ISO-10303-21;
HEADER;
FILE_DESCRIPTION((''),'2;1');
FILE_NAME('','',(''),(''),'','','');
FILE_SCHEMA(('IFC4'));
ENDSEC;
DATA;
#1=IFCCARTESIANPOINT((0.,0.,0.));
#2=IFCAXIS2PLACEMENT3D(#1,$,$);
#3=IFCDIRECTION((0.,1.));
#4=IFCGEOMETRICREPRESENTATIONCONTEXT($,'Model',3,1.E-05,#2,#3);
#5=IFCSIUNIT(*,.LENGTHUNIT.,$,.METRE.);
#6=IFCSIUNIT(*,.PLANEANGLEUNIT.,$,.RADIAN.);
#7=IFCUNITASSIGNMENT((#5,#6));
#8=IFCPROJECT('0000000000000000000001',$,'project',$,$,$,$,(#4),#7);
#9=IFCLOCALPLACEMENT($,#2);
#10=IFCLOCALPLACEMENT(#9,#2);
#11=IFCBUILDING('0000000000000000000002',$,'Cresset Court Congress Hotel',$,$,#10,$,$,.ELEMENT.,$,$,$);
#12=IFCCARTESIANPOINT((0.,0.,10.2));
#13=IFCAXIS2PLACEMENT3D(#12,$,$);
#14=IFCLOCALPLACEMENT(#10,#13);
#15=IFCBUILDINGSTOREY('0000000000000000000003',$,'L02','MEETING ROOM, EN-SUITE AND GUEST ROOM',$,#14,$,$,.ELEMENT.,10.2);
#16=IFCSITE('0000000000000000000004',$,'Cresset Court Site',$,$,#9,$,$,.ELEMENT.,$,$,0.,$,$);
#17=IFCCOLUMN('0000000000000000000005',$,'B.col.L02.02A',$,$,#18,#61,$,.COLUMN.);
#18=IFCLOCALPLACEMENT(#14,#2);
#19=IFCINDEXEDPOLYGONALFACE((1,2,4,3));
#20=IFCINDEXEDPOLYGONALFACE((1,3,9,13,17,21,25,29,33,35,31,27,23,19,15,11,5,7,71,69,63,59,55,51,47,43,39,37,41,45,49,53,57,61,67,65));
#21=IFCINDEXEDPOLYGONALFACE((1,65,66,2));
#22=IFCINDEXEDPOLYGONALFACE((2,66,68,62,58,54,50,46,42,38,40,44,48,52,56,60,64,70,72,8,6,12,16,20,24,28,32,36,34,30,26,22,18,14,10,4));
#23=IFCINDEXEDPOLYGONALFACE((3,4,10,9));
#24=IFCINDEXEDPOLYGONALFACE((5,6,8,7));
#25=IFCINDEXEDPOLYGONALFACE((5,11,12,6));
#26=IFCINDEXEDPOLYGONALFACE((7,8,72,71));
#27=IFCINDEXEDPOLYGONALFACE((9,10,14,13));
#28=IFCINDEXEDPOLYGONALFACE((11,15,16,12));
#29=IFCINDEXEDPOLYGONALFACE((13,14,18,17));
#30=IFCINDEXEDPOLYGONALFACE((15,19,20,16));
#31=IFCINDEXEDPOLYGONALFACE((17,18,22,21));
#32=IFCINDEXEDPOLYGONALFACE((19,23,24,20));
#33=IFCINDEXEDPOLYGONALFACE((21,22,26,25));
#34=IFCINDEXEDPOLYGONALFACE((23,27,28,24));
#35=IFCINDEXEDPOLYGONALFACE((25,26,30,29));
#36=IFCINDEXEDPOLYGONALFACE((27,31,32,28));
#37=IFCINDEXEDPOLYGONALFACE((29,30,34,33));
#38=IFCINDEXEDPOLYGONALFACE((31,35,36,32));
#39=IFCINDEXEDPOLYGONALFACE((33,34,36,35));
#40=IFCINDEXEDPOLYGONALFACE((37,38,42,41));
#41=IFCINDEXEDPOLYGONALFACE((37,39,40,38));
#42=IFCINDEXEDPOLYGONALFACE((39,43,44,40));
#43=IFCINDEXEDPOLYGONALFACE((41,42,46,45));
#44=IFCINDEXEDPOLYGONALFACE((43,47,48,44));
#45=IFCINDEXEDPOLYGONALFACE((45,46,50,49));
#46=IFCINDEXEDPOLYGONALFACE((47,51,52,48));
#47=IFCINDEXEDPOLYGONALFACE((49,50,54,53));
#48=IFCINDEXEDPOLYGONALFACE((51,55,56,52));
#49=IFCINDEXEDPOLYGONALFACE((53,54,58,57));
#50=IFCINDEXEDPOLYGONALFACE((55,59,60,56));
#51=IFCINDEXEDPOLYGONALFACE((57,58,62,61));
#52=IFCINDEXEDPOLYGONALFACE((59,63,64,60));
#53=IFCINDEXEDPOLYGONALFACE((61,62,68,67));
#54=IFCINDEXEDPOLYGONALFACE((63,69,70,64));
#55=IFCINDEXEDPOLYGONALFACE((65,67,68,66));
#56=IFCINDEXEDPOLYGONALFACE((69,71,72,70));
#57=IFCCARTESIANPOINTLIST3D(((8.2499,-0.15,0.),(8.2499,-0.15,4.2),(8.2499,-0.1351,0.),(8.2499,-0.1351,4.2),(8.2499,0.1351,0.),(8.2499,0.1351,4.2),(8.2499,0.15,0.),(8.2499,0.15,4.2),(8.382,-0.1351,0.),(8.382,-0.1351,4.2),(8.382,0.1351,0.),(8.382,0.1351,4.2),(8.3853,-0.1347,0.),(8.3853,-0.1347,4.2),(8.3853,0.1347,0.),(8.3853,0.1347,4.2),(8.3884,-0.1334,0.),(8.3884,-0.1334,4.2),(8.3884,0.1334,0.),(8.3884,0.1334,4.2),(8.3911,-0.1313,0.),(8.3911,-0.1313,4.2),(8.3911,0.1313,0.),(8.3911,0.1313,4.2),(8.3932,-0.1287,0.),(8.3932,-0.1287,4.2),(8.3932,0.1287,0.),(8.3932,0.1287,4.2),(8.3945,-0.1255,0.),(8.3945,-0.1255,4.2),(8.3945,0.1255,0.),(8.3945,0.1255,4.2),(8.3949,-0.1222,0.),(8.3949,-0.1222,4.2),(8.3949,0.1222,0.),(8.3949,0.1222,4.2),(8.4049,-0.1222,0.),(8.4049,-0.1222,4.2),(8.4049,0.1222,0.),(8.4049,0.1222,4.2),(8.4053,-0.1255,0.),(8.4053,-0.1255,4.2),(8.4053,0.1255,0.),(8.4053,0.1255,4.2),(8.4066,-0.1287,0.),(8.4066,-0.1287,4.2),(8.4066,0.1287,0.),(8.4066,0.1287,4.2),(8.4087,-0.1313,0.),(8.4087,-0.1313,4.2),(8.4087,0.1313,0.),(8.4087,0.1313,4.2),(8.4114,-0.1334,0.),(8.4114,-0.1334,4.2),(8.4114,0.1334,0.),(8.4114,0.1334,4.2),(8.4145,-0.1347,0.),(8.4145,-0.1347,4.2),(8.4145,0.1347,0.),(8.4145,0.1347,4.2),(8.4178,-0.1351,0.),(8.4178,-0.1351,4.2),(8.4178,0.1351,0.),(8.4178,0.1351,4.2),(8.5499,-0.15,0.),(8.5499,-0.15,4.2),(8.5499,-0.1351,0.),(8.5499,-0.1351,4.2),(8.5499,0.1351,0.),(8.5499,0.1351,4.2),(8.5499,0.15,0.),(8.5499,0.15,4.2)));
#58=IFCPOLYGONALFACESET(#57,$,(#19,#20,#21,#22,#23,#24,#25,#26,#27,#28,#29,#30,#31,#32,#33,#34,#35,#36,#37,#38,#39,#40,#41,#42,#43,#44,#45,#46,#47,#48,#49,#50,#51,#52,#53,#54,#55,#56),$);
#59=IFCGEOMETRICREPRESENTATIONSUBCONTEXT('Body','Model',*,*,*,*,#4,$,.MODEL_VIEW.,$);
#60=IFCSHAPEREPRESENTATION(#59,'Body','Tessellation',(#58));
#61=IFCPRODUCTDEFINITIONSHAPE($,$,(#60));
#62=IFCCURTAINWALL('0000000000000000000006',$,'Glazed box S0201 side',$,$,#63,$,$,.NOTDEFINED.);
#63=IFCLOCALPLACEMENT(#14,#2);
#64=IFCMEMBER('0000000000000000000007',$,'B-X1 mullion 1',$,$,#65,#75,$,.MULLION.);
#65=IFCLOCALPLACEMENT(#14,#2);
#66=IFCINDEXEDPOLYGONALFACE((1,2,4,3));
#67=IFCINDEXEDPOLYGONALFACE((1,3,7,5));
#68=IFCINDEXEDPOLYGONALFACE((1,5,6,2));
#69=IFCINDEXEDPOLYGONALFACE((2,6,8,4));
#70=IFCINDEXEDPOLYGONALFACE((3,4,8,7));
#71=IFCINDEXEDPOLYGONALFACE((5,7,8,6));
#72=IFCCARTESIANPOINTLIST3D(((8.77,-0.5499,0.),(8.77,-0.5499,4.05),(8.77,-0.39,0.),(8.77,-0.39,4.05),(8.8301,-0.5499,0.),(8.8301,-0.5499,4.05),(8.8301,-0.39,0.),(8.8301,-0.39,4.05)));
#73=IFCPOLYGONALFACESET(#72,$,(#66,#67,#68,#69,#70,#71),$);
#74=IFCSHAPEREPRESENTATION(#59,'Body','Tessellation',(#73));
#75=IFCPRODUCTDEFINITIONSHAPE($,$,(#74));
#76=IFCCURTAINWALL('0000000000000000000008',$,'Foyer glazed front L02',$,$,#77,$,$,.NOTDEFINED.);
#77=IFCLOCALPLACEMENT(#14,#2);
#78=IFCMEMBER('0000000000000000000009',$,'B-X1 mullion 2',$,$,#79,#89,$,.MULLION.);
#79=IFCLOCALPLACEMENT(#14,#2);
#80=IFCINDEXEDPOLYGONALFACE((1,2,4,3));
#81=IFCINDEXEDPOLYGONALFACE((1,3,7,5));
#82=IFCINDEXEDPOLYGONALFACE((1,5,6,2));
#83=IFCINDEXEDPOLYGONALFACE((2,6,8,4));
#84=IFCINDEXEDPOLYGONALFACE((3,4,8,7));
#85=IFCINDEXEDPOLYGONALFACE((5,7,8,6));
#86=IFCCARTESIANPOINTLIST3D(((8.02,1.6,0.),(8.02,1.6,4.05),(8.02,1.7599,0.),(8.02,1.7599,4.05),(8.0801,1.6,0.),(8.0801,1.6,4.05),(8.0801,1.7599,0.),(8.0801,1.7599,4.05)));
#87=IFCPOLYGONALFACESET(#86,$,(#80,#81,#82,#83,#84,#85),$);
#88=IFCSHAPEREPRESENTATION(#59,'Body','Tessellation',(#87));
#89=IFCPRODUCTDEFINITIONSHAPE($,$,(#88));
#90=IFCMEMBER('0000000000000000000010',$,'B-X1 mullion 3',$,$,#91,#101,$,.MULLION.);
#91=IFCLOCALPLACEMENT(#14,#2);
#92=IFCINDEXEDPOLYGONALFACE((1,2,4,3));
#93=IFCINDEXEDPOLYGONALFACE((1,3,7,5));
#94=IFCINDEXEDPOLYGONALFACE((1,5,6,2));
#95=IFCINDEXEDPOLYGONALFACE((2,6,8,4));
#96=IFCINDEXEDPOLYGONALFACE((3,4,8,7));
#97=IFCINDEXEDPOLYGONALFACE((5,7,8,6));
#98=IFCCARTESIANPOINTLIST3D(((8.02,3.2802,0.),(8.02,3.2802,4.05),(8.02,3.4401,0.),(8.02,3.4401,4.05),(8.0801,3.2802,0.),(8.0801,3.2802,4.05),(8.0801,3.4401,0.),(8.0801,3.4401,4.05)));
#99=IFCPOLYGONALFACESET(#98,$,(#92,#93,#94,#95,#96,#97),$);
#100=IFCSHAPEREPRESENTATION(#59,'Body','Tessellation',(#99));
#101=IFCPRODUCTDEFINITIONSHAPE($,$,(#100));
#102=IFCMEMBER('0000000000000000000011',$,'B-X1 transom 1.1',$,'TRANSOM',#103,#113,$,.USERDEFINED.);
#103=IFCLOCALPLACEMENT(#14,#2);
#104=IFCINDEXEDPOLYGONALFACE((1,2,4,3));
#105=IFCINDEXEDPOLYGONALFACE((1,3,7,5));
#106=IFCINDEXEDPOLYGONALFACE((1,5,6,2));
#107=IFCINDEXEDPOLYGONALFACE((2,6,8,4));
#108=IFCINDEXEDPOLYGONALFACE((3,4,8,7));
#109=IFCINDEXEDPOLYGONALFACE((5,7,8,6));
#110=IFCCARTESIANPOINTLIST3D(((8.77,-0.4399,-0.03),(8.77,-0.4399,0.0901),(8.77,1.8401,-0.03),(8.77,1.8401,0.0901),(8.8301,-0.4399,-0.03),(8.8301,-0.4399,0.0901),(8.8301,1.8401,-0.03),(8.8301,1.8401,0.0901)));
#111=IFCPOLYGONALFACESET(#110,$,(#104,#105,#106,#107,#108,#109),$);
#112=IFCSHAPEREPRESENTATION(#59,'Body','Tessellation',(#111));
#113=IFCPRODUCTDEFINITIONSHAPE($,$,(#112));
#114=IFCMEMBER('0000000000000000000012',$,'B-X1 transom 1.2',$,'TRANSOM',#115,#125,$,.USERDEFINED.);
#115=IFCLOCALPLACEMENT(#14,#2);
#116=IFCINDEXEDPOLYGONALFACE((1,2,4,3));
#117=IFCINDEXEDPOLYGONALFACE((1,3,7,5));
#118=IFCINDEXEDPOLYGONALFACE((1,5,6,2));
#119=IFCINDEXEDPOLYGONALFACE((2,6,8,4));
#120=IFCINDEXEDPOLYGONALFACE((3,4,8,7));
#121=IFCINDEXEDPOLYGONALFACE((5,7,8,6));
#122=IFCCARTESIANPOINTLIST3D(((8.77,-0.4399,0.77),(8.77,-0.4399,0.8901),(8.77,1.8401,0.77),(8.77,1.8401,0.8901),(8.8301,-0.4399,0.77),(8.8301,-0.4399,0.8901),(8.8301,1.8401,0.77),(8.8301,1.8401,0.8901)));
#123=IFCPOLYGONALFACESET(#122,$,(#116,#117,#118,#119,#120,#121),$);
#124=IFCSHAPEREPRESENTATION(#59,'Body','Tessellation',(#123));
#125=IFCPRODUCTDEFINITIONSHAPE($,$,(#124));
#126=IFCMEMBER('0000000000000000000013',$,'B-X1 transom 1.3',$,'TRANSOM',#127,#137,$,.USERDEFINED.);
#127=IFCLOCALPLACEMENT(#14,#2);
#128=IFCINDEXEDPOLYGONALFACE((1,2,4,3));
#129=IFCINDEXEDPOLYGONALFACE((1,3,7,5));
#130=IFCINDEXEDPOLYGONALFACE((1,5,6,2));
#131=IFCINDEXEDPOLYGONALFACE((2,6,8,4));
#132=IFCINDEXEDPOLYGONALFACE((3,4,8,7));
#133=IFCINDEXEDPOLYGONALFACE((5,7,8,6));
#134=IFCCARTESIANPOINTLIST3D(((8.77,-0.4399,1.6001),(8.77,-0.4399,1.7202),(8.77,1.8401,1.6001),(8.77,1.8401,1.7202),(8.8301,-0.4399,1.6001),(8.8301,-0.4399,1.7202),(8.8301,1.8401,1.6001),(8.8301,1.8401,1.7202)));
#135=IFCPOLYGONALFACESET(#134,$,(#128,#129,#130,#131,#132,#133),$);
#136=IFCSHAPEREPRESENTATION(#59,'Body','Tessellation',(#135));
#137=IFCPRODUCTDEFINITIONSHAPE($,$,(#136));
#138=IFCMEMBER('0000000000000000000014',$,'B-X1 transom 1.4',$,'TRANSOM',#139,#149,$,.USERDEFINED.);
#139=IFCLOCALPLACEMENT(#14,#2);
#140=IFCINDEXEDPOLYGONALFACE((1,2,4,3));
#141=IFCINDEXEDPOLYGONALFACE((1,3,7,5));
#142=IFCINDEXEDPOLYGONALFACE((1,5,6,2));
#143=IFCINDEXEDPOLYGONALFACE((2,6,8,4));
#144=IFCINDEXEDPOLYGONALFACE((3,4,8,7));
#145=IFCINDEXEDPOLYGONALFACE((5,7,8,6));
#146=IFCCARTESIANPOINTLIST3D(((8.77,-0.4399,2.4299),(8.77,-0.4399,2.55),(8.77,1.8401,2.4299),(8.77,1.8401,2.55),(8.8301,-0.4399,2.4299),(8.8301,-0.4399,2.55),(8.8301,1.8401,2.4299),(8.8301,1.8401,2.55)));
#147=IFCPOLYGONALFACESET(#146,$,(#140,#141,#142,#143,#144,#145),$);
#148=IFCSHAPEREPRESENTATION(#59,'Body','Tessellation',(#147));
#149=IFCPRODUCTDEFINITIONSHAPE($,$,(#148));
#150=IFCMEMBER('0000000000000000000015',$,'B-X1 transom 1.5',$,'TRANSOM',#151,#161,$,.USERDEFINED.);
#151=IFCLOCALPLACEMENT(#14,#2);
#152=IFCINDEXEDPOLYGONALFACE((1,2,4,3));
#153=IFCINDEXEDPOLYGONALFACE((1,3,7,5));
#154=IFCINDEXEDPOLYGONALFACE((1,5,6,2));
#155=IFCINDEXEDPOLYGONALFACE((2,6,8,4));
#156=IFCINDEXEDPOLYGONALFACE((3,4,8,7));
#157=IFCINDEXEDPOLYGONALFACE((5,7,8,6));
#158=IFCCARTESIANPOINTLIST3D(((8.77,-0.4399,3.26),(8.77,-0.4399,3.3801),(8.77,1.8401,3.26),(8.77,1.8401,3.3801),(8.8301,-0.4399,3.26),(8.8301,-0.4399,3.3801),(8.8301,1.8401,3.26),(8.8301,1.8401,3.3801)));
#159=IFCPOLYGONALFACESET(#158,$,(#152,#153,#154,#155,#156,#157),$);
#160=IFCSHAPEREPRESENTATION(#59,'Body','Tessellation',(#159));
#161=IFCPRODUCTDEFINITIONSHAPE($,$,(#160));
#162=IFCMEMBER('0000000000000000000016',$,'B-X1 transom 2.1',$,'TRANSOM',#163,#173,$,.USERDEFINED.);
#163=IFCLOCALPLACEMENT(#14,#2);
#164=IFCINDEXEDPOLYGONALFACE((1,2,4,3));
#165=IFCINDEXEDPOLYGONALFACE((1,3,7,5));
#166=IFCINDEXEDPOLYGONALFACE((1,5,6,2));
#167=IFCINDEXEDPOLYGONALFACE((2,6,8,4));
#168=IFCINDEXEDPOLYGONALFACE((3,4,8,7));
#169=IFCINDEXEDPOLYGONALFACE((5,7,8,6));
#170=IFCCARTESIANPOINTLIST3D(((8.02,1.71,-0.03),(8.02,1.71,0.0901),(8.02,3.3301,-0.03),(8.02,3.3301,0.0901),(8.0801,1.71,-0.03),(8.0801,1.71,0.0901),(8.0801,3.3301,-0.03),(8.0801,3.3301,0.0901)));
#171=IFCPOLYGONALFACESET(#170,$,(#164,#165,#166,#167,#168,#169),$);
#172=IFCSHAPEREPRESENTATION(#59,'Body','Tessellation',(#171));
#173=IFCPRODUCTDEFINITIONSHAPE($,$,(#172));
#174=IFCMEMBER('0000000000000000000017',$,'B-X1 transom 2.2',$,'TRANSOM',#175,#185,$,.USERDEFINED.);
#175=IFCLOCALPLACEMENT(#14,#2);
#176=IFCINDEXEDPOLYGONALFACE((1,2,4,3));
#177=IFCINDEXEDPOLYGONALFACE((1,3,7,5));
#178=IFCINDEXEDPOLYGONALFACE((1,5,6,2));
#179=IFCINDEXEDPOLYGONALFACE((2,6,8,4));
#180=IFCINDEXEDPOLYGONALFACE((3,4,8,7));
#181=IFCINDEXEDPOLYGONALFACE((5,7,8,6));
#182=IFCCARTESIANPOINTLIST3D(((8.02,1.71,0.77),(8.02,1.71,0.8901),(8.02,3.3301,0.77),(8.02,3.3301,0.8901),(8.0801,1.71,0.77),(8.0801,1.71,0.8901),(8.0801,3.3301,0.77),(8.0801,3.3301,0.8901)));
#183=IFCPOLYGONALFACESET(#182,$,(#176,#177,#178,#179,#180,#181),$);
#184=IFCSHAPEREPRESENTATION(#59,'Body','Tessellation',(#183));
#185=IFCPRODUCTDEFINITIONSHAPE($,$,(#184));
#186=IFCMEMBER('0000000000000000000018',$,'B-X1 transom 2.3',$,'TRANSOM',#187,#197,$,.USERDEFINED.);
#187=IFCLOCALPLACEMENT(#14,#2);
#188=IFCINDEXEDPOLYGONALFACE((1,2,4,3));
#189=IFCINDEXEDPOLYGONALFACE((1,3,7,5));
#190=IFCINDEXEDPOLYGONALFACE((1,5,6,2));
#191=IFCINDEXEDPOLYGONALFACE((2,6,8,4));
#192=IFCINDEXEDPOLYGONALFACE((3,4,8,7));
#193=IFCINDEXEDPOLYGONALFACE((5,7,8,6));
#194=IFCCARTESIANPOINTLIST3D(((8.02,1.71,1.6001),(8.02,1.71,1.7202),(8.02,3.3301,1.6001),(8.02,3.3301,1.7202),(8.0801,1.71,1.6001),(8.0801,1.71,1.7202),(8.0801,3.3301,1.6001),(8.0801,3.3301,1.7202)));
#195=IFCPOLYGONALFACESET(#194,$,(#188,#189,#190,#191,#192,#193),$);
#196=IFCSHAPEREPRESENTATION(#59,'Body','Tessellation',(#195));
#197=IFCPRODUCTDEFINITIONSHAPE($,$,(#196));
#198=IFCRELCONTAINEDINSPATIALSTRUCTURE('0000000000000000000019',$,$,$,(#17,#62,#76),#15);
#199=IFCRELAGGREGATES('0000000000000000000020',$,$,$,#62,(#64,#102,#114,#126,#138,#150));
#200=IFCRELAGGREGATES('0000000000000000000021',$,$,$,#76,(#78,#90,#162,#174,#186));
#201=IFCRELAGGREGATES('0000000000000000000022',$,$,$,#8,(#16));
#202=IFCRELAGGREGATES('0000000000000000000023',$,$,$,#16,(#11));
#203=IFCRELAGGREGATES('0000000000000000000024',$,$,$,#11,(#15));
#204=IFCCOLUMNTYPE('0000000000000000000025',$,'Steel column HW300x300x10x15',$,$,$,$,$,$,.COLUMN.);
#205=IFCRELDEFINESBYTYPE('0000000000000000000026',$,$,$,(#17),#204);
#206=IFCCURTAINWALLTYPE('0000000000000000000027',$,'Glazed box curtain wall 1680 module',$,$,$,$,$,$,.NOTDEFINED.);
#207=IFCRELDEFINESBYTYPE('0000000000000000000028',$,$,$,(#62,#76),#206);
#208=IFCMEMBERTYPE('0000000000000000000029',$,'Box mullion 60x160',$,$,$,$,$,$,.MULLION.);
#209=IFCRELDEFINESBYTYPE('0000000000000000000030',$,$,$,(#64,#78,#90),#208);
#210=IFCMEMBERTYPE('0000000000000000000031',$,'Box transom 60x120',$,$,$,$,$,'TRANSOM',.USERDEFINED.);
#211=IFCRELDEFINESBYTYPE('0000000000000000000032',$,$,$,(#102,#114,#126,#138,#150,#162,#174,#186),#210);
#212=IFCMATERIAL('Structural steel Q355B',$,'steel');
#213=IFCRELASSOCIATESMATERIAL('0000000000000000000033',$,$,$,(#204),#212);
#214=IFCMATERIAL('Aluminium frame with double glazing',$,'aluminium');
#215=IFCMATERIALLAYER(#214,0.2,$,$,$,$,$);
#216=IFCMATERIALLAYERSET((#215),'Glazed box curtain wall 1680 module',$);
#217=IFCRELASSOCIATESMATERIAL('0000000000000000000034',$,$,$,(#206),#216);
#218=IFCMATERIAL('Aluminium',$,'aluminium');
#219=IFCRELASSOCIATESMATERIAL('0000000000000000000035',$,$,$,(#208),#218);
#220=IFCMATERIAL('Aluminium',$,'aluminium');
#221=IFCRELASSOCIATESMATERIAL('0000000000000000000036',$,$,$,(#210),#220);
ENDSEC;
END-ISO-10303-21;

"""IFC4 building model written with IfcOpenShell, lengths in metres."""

from ifc_helpers import new_model, si_unit, direction, frame, origin, origin_2d, place, context, subcontext, project, spatial, rectangle, i_section, extrude, material, layer, layer_set, material_profile, profile_set, type_object, element, aggregate, save


model = new_model("IFC4")

# Units and contexts
model_context = context("Model", 3, precision=1e-05, world=origin(), true_north=direction((0.0, 1.0)))
body_context = subcontext(model_context, "Body", "Model", "MODEL_VIEW")
ifc_project = project(units=[si_unit("LENGTHUNIT", "METRE"), si_unit("PLANEANGLEUNIT", "RADIAN")], contexts=[model_context])

# Site, building, storey
site_placement = place(None, origin())
site = spatial("IfcSite", under=ifc_project, at=site_placement, Name="Cresset Court Site", CompositionType="ELEMENT", RefElevation=0.0)
building_placement = place(site_placement, origin())
building = spatial("IfcBuilding", under=site, at=building_placement, Name="Cresset Court Congress Hotel", CompositionType="ELEMENT")
storey_placement = place(building_placement, frame((0.0, 0.0, 10.2)))
storey = spatial("IfcBuildingStorey", under=building, at=storey_placement, Name="L02", Description="MEETING ROOM, EN-SUITE AND GUEST ROOM", CompositionType="ELEMENT", Elevation=10.2)

# Column
ifc_material_1 = material(Name="Structural steel Q355B", Category="steel")
ifc_material_profile_1 = material_profile(ifc_material_1, i_section(OverallWidth=0.3, OverallDepth=0.3, WebThickness=0.01, FlangeThickness=0.0149, FilletRadius=0.0129, at=origin_2d()), Name="HW300x300x10x15")
ifc_profile_set_1 = profile_set([ifc_material_profile_1], Name="Structural steel Q355B")
column_type = type_object("IfcColumnType", Name="Steel column HW300x300x10x15", PredefinedType="COLUMN", material=ifc_profile_set_1)
column_placement = place(storey_placement, frame((8.3999, 0.0, 0.0), z_axis=(0.0, 0.0, 1.0), x_axis=(1.0, 0.0, 0.0)))
element("IfcColumn", 1, at=column_placement, inside=storey, type_object=column_type, Name="B.col.L02.02A", PredefinedType="COLUMN", context=body_context, shape_type="SweptSolid", body=[
    extrude(i_section(OverallWidth=0.3, OverallDepth=0.3, WebThickness=0.01, FlangeThickness=0.0149, FilletRadius=0.0129, at=origin_2d()), origin(), (0.0, 0.0, 1.0), 4.2),
])

# Curtain wall, member
ifc_material_2 = material(Name="Aluminium frame with double glazing", Category="aluminium")
ifc_layer_1 = layer(ifc_material_2, 0.2)
ifc_layer_set_1 = layer_set([ifc_layer_1], Name="Glazed box curtain wall 1680 module")
curtain_wall_type = type_object("IfcCurtainWallType", Name="Glazed box curtain wall 1680 module", PredefinedType="NOTDEFINED", material=ifc_layer_set_1)
curtain_wall_1_placement = place(storey_placement, origin())
curtain_wall_1 = element("IfcCurtainWall", 2, at=curtain_wall_1_placement, inside=storey, type_object=curtain_wall_type, Name="Glazed box S0201 side", PredefinedType="NOTDEFINED")
ifc_material_3 = material(Name="Aluminium", Category="aluminium")
ifc_material_profile_2 = material_profile(ifc_material_3, rectangle(XDim=0.0601, YDim=0.1599, at=origin_2d()), Name="Box mullion 60x160")
ifc_profile_set_2 = profile_set([ifc_material_profile_2], Name="Aluminium")
member_type_1 = type_object("IfcMemberType", Name="Box mullion 60x160", PredefinedType="MULLION", material=ifc_profile_set_2)
member_1_placement = place(storey_placement, frame((8.8, -0.47, 0.0), z_axis=(0.0, 0.0, 1.0), x_axis=(-1.0, 0.0, 0.0)))
member_1 = element("IfcMember", 3, at=member_1_placement, type_object=member_type_1, Name="B-X1 mullion 1", PredefinedType="MULLION", context=body_context, shape_type="SweptSolid", body=[
    extrude(rectangle(XDim=0.0601, YDim=0.1599, at=origin_2d()), origin(), (0.0, 0.0, 1.0), 4.05),
])

# Curtain wall, members
curtain_wall_2_placement = place(storey_placement, origin())
curtain_wall_2 = element("IfcCurtainWall", 4, at=curtain_wall_2_placement, inside=storey, type_object=curtain_wall_type, Name="Foyer glazed front L02", PredefinedType="NOTDEFINED")
member_2_placement = place(storey_placement, frame((8.05, 1.6799, 0.0), z_axis=(0.0, 0.0, 1.0), x_axis=(-1.0, 0.0, 0.0)))
member_2 = element("IfcMember", 5, at=member_2_placement, type_object=member_type_1, Name="B-X1 mullion 2", PredefinedType="MULLION", context=body_context, shape_type="SweptSolid", body=[
    extrude(rectangle(XDim=0.0601, YDim=0.1599, at=origin_2d()), origin(), (0.0, 0.0, 1.0), 4.05),
])
member_3_placement = place(storey_placement, frame((8.05, 3.3601, 0.0), z_axis=(0.0, 0.0, 1.0), x_axis=(-1.0, 0.0, 0.0)))
member_3 = element("IfcMember", 6, at=member_3_placement, type_object=member_type_1, Name="B-X1 mullion 3", PredefinedType="MULLION", context=body_context, shape_type="SweptSolid", body=[
    extrude(rectangle(XDim=0.0601, YDim=0.1599, at=origin_2d()), origin(), (0.0, 0.0, 1.0), 4.05),
])

# Members
ifc_material_4 = material(Name="Aluminium", Category="aluminium")
ifc_material_profile_3 = material_profile(ifc_material_4, rectangle(XDim=0.0601, YDim=0.1201, at=origin_2d()), Name="Box transom 60x120")
ifc_profile_set_3 = profile_set([ifc_material_profile_3], Name="Aluminium")
member_type_2 = type_object("IfcMemberType", Name="Box transom 60x120", ElementType="TRANSOM", PredefinedType="USERDEFINED", material=ifc_profile_set_3)
member_4_placement = place(storey_placement, frame((8.8, -0.4399, 0.03), z_axis=(0.0, 1.0, 0.0), x_axis=(-1.0, 0.0, 0.0)))
member_4 = element("IfcMember", 7, at=member_4_placement, type_object=member_type_2, Name="B-X1 transom 1.1", ObjectType="TRANSOM", PredefinedType="USERDEFINED", context=body_context, shape_type="SweptSolid", body=[
    extrude(rectangle(XDim=0.0601, YDim=0.1201, at=origin_2d()), origin(), (0.0, 0.0, 1.0), 2.28),
])
member_5_placement = place(storey_placement, frame((8.8, -0.4399, 0.8301), z_axis=(0.0, 1.0, 0.0), x_axis=(-1.0, 0.0, 0.0)))
member_5 = element("IfcMember", 8, at=member_5_placement, type_object=member_type_2, Name="B-X1 transom 1.2", ObjectType="TRANSOM", PredefinedType="USERDEFINED", context=body_context, shape_type="SweptSolid", body=[
    extrude(rectangle(XDim=0.0601, YDim=0.1201, at=origin_2d()), origin(), (0.0, 0.0, 1.0), 2.28),
])
member_6_placement = place(storey_placement, frame((8.8, -0.4399, 1.6602), z_axis=(0.0, 1.0, 0.0), x_axis=(-1.0, 0.0, 0.0)))
member_6 = element("IfcMember", 9, at=member_6_placement, type_object=member_type_2, Name="B-X1 transom 1.3", ObjectType="TRANSOM", PredefinedType="USERDEFINED", context=body_context, shape_type="SweptSolid", body=[
    extrude(rectangle(XDim=0.0601, YDim=0.1201, at=origin_2d()), origin(), (0.0, 0.0, 1.0), 2.28),
])
member_7_placement = place(storey_placement, frame((8.8, -0.4399, 2.49), z_axis=(0.0, 1.0, 0.0), x_axis=(-1.0, 0.0, 0.0)))
member_7 = element("IfcMember", 10, at=member_7_placement, type_object=member_type_2, Name="B-X1 transom 1.4", ObjectType="TRANSOM", PredefinedType="USERDEFINED", context=body_context, shape_type="SweptSolid", body=[
    extrude(rectangle(XDim=0.0601, YDim=0.1201, at=origin_2d()), origin(), (0.0, 0.0, 1.0), 2.28),
])
member_8_placement = place(storey_placement, frame((8.8, -0.4399, 3.3201), z_axis=(0.0, 1.0, 0.0), x_axis=(-1.0, 0.0, 0.0)))
member_8 = element("IfcMember", 11, at=member_8_placement, type_object=member_type_2, Name="B-X1 transom 1.5", ObjectType="TRANSOM", PredefinedType="USERDEFINED", context=body_context, shape_type="SweptSolid", body=[
    extrude(rectangle(XDim=0.0601, YDim=0.1201, at=origin_2d()), origin(), (0.0, 0.0, 1.0), 2.28),
])
aggregate(curtain_wall_1, [member_1, member_4, member_5, member_6, member_7, member_8])
member_9_placement = place(storey_placement, frame((8.05, 1.71, 0.03), z_axis=(0.0, 1.0, 0.0), x_axis=(-1.0, 0.0, 0.0)))
member_9 = element("IfcMember", 12, at=member_9_placement, type_object=member_type_2, Name="B-X1 transom 2.1", ObjectType="TRANSOM", PredefinedType="USERDEFINED", context=body_context, shape_type="SweptSolid", body=[
    extrude(rectangle(XDim=0.0601, YDim=0.1201, at=origin_2d()), origin(), (0.0, 0.0, 1.0), 1.6201),
])
member_10_placement = place(storey_placement, frame((8.05, 1.71, 0.8301), z_axis=(0.0, 1.0, 0.0), x_axis=(-1.0, 0.0, 0.0)))
member_10 = element("IfcMember", 13, at=member_10_placement, type_object=member_type_2, Name="B-X1 transom 2.2", ObjectType="TRANSOM", PredefinedType="USERDEFINED", context=body_context, shape_type="SweptSolid", body=[
    extrude(rectangle(XDim=0.0601, YDim=0.1201, at=origin_2d()), origin(), (0.0, 0.0, 1.0), 1.6201),
])
member_11_placement = place(storey_placement, frame((8.05, 1.71, 1.6602), z_axis=(0.0, 1.0, 0.0), x_axis=(-1.0, 0.0, 0.0)))
member_11 = element("IfcMember", 14, at=member_11_placement, type_object=member_type_2, Name="B-X1 transom 2.3", ObjectType="TRANSOM", PredefinedType="USERDEFINED", context=body_context, shape_type="SweptSolid", body=[
    extrude(rectangle(XDim=0.0601, YDim=0.1201, at=origin_2d()), origin(), (0.0, 0.0, 1.0), 1.6201),
])

aggregate(curtain_wall_2, [member_2, member_3, member_9, member_10, member_11])

save(model, "model.ifc")
